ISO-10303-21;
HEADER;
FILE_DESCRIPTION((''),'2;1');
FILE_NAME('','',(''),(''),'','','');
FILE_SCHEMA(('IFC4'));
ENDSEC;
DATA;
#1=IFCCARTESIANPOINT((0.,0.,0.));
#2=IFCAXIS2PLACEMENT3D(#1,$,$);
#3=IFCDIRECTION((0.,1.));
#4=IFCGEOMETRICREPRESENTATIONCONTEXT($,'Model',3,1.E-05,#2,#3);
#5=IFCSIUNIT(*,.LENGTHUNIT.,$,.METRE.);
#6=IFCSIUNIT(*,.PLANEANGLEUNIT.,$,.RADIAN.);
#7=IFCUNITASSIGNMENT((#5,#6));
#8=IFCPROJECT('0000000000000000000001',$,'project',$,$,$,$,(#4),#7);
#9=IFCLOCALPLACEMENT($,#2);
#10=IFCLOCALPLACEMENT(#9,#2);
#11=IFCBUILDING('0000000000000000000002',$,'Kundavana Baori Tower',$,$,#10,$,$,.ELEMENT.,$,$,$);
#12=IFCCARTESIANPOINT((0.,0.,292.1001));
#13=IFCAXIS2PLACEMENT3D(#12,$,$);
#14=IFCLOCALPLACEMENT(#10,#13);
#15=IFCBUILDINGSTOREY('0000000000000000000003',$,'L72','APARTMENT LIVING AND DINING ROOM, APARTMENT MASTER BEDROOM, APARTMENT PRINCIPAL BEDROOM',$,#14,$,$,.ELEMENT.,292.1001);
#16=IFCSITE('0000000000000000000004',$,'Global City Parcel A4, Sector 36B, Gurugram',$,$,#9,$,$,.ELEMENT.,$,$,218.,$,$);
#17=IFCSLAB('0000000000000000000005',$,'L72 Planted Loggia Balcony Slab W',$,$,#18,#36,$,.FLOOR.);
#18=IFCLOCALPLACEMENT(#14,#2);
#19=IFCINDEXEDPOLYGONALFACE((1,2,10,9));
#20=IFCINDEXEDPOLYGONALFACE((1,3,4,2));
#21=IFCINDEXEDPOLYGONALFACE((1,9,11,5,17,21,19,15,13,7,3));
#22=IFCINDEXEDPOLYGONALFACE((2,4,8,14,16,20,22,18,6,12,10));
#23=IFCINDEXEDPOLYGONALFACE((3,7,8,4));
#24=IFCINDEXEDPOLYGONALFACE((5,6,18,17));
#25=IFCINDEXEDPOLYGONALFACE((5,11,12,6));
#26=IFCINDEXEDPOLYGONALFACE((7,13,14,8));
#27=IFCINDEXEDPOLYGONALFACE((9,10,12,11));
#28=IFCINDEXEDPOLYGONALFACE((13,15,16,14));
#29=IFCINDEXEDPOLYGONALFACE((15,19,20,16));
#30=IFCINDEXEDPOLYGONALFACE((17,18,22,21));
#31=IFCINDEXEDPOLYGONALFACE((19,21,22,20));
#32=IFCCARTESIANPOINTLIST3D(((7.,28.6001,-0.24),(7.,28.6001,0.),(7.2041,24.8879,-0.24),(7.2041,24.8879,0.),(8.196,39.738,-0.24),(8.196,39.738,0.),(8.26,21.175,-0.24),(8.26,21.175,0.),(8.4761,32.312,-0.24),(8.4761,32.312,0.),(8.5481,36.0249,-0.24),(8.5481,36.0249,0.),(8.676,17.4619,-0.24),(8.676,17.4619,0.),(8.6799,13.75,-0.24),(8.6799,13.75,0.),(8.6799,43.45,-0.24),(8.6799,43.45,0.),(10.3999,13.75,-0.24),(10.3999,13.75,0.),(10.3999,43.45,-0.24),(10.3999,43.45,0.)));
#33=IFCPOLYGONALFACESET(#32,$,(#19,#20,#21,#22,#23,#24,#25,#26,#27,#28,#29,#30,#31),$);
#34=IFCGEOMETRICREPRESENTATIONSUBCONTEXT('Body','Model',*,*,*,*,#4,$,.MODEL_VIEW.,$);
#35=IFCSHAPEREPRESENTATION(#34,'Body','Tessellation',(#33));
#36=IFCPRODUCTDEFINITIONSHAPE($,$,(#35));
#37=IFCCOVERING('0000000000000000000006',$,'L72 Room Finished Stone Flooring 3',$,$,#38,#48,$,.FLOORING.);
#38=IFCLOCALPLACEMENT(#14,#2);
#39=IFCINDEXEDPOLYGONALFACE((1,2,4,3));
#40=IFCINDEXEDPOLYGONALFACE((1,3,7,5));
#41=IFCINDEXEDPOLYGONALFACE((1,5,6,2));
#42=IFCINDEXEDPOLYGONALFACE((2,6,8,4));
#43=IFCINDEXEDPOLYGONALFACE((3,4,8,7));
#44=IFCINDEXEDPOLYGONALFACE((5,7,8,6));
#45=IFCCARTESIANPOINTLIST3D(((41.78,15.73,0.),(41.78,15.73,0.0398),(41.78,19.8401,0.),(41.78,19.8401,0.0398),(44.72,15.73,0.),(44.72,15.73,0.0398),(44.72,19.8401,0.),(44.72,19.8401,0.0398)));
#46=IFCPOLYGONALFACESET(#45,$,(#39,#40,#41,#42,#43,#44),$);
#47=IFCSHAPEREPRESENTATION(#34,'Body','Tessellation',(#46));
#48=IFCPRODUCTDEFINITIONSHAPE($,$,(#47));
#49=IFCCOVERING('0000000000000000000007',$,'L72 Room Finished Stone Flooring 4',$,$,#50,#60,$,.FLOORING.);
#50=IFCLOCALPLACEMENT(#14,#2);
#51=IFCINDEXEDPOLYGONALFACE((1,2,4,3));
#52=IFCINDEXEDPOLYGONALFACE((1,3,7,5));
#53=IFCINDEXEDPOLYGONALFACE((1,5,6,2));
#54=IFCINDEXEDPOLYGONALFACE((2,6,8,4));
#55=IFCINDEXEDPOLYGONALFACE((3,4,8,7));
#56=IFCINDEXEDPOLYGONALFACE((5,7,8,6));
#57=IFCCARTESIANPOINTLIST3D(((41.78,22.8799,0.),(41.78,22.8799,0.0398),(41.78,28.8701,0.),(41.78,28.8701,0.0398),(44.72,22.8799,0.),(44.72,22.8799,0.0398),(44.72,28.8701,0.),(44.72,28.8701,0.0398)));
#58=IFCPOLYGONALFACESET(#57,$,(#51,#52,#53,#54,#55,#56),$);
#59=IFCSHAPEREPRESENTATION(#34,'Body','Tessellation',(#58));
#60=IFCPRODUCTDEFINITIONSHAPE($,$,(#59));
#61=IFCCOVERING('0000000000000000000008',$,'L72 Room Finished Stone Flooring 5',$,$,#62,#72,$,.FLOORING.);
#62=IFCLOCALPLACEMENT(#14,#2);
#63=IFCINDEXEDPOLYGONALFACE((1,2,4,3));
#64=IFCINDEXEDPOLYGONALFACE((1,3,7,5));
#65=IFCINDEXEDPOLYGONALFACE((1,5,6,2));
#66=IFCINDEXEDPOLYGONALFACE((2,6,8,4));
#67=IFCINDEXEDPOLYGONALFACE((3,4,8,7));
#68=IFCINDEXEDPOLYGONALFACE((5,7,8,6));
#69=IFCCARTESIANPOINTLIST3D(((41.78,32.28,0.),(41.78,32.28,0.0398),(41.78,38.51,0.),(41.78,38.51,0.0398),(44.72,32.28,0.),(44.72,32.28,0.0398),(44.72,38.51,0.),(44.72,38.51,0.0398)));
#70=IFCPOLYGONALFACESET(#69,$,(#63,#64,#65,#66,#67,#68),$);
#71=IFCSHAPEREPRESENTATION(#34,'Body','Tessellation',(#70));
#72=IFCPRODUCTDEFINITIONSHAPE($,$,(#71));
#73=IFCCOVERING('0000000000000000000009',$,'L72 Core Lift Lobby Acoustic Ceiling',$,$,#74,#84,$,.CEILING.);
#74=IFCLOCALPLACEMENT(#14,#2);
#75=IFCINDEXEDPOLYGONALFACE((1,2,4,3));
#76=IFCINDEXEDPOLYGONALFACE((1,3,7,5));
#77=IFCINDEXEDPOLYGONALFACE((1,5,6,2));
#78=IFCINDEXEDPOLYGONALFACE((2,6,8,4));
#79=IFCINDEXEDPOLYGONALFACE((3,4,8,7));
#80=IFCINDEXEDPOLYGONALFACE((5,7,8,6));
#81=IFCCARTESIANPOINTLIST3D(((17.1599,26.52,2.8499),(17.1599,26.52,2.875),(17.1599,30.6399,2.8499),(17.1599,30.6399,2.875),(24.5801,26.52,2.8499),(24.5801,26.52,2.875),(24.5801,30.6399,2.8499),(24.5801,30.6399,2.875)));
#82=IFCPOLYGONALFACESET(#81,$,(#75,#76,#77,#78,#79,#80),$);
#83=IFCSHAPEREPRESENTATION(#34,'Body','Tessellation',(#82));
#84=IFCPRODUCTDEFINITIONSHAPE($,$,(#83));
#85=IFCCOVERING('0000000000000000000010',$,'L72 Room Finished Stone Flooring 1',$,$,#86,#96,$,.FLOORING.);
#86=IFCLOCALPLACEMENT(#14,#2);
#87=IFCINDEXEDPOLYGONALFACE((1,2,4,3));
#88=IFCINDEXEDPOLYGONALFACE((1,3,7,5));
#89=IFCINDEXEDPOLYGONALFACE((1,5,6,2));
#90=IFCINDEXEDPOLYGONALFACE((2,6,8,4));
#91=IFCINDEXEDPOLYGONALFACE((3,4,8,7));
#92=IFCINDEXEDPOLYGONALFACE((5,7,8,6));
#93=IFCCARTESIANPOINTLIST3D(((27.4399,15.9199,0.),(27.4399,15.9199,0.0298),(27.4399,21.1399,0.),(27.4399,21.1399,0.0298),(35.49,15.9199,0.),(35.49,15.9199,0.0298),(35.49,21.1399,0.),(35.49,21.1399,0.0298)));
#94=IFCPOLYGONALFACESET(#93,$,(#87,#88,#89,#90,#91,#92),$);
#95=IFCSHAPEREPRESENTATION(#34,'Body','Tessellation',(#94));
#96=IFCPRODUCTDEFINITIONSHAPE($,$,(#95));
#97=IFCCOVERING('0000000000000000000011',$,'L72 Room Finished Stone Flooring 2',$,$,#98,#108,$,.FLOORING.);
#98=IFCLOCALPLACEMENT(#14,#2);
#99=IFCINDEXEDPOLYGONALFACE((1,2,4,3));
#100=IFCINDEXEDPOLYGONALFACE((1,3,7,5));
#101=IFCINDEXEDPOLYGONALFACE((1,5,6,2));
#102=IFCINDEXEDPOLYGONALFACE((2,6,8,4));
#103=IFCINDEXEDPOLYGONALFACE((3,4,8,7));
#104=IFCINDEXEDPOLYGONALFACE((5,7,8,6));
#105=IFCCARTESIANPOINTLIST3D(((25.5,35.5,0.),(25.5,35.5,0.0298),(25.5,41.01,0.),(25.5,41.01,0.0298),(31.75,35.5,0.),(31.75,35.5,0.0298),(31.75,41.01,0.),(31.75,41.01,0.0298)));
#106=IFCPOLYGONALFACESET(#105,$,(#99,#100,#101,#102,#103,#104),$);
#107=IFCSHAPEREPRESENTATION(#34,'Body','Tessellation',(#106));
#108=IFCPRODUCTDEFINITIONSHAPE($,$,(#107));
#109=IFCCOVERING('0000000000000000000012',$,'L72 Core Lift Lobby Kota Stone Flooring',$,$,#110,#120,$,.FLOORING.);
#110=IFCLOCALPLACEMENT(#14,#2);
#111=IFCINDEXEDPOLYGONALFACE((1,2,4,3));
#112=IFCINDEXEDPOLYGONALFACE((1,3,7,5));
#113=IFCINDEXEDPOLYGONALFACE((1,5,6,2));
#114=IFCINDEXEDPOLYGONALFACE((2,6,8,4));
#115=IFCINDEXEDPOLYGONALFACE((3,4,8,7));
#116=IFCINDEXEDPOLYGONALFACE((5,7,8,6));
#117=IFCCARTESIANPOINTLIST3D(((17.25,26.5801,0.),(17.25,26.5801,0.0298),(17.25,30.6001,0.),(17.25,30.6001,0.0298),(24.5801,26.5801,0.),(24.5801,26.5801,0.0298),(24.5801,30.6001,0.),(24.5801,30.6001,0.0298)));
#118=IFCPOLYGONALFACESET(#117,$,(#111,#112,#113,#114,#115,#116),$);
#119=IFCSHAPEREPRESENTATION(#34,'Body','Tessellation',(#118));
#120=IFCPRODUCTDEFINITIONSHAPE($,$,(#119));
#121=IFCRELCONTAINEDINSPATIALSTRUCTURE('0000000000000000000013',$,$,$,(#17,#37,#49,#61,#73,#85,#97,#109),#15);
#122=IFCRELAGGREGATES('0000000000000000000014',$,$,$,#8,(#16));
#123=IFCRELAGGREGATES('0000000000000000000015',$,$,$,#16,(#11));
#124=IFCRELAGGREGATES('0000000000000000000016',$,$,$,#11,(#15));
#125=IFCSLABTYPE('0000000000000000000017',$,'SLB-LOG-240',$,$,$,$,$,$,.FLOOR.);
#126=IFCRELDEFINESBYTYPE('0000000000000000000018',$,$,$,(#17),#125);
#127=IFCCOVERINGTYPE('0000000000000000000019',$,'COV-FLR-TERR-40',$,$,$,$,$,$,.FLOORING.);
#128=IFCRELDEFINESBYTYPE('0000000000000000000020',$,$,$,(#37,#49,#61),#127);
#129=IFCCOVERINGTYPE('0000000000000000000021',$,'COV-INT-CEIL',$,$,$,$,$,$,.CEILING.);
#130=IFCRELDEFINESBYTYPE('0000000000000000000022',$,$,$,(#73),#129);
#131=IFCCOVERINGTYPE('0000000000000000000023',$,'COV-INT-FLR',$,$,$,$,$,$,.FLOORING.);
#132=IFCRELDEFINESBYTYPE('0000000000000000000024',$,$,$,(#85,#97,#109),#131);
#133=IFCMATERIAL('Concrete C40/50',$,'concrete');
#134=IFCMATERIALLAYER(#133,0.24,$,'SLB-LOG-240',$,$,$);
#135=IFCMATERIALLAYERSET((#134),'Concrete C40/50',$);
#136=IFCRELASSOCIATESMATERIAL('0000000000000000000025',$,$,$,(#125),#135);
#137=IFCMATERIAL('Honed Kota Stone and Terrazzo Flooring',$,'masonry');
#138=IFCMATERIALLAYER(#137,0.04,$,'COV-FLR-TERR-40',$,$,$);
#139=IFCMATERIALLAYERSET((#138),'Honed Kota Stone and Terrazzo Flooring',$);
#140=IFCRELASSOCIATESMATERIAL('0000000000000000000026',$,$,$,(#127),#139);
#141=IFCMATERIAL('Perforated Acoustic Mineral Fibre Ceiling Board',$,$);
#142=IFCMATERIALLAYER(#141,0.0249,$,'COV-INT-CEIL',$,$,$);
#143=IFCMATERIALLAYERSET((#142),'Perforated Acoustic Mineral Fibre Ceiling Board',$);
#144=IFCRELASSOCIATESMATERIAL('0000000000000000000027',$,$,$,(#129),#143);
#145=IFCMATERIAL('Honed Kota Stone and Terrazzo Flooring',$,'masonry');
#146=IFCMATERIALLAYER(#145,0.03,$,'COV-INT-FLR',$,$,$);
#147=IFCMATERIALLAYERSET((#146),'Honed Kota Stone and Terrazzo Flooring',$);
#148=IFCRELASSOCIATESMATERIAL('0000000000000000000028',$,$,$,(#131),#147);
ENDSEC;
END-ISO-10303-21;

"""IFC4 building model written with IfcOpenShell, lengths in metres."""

from ifc_helpers import new_model, si_unit, direction, frame, origin, place, context, subcontext, project, spatial, polyline, outline, extrude, material, layer, layer_set, type_object, element, save


model = new_model("IFC4")

# Units and contexts
model_context = context("Model", 3, precision=1e-05, world=origin(), true_north=direction((0.0, 1.0)))
body_context = subcontext(model_context, "Body", "Model", "MODEL_VIEW")
ifc_project = project(units=[si_unit("LENGTHUNIT", "METRE"), si_unit("PLANEANGLEUNIT", "RADIAN")], contexts=[model_context])

# Site, building, storey
site_placement = place(None, origin())
site = spatial("IfcSite", under=ifc_project, at=site_placement, Name="Global City Parcel A4, Sector 36B, Gurugram", CompositionType="ELEMENT", RefElevation=218.0)
building_placement = place(site_placement, origin())
building = spatial("IfcBuilding", under=site, at=building_placement, Name="Kundavana Baori Tower", CompositionType="ELEMENT")
storey_placement = place(building_placement, frame((0.0, 0.0, 292.1001)))
storey = spatial("IfcBuildingStorey", under=building, at=storey_placement, Name="L72", Description="APARTMENT LIVING AND DINING ROOM, APARTMENT MASTER BEDROOM, APARTMENT PRINCIPAL BEDROOM", CompositionType="ELEMENT", Elevation=292.1001)

# Slab
ifc_material_1 = material(Name="Concrete C40/50", Category="concrete")
ifc_layer_1 = layer(ifc_material_1, 0.24, Name="SLB-LOG-240")
ifc_layer_set_1 = layer_set([ifc_layer_1], Name="Concrete C40/50")
slab_type_1 = type_object("IfcSlabType", Name="SLB-LOG-240", PredefinedType="FLOOR", material=ifc_layer_set_1)
slab_1_placement = place(storey_placement, frame((0.0, 0.0, -0.24)))
element("IfcSlab", 1, at=slab_1_placement, inside=storey, type_object=slab_type_1, Name="L72 Planted Loggia Balcony Slab W", PredefinedType="FLOOR", context=body_context, shape_type="SweptSolid", body=[
    extrude(outline(polyline([(10.3999, 43.45), (10.3999, 13.75), (8.6799, 13.75), (8.676, 17.4619), (8.26, 21.175), (7.2041, 24.8879), (7.0, 28.6001), (8.4761, 32.312), (8.5481, 36.0249), (8.196, 39.738), (8.6799, 43.45), (10.3999, 43.45)])), origin(), (0.0, 0.0, 1.0), 0.24),
])

# Coverings
ifc_material_2 = material(Name="Honed Kota Stone and Terrazzo Flooring", Category="masonry")
ifc_layer_2 = layer(ifc_material_2, 0.04, Name="COV-FLR-TERR-40")
ifc_layer_set_2 = layer_set([ifc_layer_2], Name="Honed Kota Stone and Terrazzo Flooring")
covering_type_1 = type_object("IfcCoveringType", Name="COV-FLR-TERR-40", PredefinedType="FLOORING", material=ifc_layer_set_2)
covering_1_placement = place(storey_placement, origin())
element("IfcCovering", 2, at=covering_1_placement, inside=storey, type_object=covering_type_1, Name="L72 Room Finished Stone Flooring 3", PredefinedType="FLOORING", context=body_context, shape_type="SweptSolid", body=[
    extrude(outline(polyline([(41.78, 15.73), (44.72, 15.73), (44.72, 19.8401), (41.78, 19.8401), (41.78, 15.73)])), origin(), (0.0, 0.0, 1.0), 0.0398),
])
covering_2_placement = place(storey_placement, origin())
element("IfcCovering", 3, at=covering_2_placement, inside=storey, type_object=covering_type_1, Name="L72 Room Finished Stone Flooring 4", PredefinedType="FLOORING", context=body_context, shape_type="SweptSolid", body=[
    extrude(outline(polyline([(41.78, 22.8799), (44.72, 22.8799), (44.72, 28.8701), (41.78, 28.8701), (41.78, 22.8799)])), origin(), (0.0, 0.0, 1.0), 0.0398),
])
covering_3_placement = place(storey_placement, origin())
element("IfcCovering", 4, at=covering_3_placement, inside=storey, type_object=covering_type_1, Name="L72 Room Finished Stone Flooring 5", PredefinedType="FLOORING", context=body_context, shape_type="SweptSolid", body=[
    extrude(outline(polyline([(41.78, 32.28), (44.72, 32.28), (44.72, 38.51), (41.78, 38.51), (41.78, 32.28)])), origin(), (0.0, 0.0, 1.0), 0.0398),
])
ifc_material_3 = material(Name="Perforated Acoustic Mineral Fibre Ceiling Board")
ifc_layer_3 = layer(ifc_material_3, 0.0249, Name="COV-INT-CEIL")
ifc_layer_set_3 = layer_set([ifc_layer_3], Name="Perforated Acoustic Mineral Fibre Ceiling Board")
covering_type_2 = type_object("IfcCoveringType", Name="COV-INT-CEIL", PredefinedType="CEILING", material=ifc_layer_set_3)
covering_4_placement = place(storey_placement, frame((0.0, 0.0, 2.8499)))
element("IfcCovering", 5, at=covering_4_placement, inside=storey, type_object=covering_type_2, Name="L72 Core Lift Lobby Acoustic Ceiling", PredefinedType="CEILING", context=body_context, shape_type="SweptSolid", body=[
    extrude(outline(polyline([(17.1599, 26.52), (24.5801, 26.52), (24.5801, 30.6399), (17.1599, 30.6399), (17.1599, 26.52)])), origin(), (0.0, 0.0, 1.0), 0.0251),
])
ifc_material_4 = material(Name="Honed Kota Stone and Terrazzo Flooring", Category="masonry")
ifc_layer_4 = layer(ifc_material_4, 0.03, Name="COV-INT-FLR")
ifc_layer_set_4 = layer_set([ifc_layer_4], Name="Honed Kota Stone and Terrazzo Flooring")
covering_type_3 = type_object("IfcCoveringType", Name="COV-INT-FLR", PredefinedType="FLOORING", material=ifc_layer_set_4)
covering_5_placement = place(storey_placement, origin())
element("IfcCovering", 6, at=covering_5_placement, inside=storey, type_object=covering_type_3, Name="L72 Room Finished Stone Flooring 1", PredefinedType="FLOORING", context=body_context, shape_type="SweptSolid", body=[
    extrude(outline(polyline([(27.4399, 15.9199), (35.49, 15.9199), (35.49, 21.1399), (27.4399, 21.1399), (27.4399, 15.9199)])), origin(), (0.0, 0.0, 1.0), 0.0298),
])
covering_6_placement = place(storey_placement, origin())
element("IfcCovering", 7, at=covering_6_placement, inside=storey, type_object=covering_type_3, Name="L72 Room Finished Stone Flooring 2", PredefinedType="FLOORING", context=body_context, shape_type="SweptSolid", body=[
    extrude(outline(polyline([(25.5, 35.5), (31.75, 35.5), (31.75, 41.01), (25.5, 41.01), (25.5, 35.5)])), origin(), (0.0, 0.0, 1.0), 0.0298),
])
covering_7_placement = place(storey_placement, origin())
element("IfcCovering", 8, at=covering_7_placement, inside=storey, type_object=covering_type_3, Name="L72 Core Lift Lobby Kota Stone Flooring", PredefinedType="FLOORING", context=body_context, shape_type="SweptSolid", body=[
    extrude(outline(polyline([(17.25, 26.5801), (24.5801, 26.5801), (24.5801, 30.6001), (17.25, 30.6001), (17.25, 26.5801)])), origin(), (0.0, 0.0, 1.0), 0.0298),
])

save(model, "model.ifc")
